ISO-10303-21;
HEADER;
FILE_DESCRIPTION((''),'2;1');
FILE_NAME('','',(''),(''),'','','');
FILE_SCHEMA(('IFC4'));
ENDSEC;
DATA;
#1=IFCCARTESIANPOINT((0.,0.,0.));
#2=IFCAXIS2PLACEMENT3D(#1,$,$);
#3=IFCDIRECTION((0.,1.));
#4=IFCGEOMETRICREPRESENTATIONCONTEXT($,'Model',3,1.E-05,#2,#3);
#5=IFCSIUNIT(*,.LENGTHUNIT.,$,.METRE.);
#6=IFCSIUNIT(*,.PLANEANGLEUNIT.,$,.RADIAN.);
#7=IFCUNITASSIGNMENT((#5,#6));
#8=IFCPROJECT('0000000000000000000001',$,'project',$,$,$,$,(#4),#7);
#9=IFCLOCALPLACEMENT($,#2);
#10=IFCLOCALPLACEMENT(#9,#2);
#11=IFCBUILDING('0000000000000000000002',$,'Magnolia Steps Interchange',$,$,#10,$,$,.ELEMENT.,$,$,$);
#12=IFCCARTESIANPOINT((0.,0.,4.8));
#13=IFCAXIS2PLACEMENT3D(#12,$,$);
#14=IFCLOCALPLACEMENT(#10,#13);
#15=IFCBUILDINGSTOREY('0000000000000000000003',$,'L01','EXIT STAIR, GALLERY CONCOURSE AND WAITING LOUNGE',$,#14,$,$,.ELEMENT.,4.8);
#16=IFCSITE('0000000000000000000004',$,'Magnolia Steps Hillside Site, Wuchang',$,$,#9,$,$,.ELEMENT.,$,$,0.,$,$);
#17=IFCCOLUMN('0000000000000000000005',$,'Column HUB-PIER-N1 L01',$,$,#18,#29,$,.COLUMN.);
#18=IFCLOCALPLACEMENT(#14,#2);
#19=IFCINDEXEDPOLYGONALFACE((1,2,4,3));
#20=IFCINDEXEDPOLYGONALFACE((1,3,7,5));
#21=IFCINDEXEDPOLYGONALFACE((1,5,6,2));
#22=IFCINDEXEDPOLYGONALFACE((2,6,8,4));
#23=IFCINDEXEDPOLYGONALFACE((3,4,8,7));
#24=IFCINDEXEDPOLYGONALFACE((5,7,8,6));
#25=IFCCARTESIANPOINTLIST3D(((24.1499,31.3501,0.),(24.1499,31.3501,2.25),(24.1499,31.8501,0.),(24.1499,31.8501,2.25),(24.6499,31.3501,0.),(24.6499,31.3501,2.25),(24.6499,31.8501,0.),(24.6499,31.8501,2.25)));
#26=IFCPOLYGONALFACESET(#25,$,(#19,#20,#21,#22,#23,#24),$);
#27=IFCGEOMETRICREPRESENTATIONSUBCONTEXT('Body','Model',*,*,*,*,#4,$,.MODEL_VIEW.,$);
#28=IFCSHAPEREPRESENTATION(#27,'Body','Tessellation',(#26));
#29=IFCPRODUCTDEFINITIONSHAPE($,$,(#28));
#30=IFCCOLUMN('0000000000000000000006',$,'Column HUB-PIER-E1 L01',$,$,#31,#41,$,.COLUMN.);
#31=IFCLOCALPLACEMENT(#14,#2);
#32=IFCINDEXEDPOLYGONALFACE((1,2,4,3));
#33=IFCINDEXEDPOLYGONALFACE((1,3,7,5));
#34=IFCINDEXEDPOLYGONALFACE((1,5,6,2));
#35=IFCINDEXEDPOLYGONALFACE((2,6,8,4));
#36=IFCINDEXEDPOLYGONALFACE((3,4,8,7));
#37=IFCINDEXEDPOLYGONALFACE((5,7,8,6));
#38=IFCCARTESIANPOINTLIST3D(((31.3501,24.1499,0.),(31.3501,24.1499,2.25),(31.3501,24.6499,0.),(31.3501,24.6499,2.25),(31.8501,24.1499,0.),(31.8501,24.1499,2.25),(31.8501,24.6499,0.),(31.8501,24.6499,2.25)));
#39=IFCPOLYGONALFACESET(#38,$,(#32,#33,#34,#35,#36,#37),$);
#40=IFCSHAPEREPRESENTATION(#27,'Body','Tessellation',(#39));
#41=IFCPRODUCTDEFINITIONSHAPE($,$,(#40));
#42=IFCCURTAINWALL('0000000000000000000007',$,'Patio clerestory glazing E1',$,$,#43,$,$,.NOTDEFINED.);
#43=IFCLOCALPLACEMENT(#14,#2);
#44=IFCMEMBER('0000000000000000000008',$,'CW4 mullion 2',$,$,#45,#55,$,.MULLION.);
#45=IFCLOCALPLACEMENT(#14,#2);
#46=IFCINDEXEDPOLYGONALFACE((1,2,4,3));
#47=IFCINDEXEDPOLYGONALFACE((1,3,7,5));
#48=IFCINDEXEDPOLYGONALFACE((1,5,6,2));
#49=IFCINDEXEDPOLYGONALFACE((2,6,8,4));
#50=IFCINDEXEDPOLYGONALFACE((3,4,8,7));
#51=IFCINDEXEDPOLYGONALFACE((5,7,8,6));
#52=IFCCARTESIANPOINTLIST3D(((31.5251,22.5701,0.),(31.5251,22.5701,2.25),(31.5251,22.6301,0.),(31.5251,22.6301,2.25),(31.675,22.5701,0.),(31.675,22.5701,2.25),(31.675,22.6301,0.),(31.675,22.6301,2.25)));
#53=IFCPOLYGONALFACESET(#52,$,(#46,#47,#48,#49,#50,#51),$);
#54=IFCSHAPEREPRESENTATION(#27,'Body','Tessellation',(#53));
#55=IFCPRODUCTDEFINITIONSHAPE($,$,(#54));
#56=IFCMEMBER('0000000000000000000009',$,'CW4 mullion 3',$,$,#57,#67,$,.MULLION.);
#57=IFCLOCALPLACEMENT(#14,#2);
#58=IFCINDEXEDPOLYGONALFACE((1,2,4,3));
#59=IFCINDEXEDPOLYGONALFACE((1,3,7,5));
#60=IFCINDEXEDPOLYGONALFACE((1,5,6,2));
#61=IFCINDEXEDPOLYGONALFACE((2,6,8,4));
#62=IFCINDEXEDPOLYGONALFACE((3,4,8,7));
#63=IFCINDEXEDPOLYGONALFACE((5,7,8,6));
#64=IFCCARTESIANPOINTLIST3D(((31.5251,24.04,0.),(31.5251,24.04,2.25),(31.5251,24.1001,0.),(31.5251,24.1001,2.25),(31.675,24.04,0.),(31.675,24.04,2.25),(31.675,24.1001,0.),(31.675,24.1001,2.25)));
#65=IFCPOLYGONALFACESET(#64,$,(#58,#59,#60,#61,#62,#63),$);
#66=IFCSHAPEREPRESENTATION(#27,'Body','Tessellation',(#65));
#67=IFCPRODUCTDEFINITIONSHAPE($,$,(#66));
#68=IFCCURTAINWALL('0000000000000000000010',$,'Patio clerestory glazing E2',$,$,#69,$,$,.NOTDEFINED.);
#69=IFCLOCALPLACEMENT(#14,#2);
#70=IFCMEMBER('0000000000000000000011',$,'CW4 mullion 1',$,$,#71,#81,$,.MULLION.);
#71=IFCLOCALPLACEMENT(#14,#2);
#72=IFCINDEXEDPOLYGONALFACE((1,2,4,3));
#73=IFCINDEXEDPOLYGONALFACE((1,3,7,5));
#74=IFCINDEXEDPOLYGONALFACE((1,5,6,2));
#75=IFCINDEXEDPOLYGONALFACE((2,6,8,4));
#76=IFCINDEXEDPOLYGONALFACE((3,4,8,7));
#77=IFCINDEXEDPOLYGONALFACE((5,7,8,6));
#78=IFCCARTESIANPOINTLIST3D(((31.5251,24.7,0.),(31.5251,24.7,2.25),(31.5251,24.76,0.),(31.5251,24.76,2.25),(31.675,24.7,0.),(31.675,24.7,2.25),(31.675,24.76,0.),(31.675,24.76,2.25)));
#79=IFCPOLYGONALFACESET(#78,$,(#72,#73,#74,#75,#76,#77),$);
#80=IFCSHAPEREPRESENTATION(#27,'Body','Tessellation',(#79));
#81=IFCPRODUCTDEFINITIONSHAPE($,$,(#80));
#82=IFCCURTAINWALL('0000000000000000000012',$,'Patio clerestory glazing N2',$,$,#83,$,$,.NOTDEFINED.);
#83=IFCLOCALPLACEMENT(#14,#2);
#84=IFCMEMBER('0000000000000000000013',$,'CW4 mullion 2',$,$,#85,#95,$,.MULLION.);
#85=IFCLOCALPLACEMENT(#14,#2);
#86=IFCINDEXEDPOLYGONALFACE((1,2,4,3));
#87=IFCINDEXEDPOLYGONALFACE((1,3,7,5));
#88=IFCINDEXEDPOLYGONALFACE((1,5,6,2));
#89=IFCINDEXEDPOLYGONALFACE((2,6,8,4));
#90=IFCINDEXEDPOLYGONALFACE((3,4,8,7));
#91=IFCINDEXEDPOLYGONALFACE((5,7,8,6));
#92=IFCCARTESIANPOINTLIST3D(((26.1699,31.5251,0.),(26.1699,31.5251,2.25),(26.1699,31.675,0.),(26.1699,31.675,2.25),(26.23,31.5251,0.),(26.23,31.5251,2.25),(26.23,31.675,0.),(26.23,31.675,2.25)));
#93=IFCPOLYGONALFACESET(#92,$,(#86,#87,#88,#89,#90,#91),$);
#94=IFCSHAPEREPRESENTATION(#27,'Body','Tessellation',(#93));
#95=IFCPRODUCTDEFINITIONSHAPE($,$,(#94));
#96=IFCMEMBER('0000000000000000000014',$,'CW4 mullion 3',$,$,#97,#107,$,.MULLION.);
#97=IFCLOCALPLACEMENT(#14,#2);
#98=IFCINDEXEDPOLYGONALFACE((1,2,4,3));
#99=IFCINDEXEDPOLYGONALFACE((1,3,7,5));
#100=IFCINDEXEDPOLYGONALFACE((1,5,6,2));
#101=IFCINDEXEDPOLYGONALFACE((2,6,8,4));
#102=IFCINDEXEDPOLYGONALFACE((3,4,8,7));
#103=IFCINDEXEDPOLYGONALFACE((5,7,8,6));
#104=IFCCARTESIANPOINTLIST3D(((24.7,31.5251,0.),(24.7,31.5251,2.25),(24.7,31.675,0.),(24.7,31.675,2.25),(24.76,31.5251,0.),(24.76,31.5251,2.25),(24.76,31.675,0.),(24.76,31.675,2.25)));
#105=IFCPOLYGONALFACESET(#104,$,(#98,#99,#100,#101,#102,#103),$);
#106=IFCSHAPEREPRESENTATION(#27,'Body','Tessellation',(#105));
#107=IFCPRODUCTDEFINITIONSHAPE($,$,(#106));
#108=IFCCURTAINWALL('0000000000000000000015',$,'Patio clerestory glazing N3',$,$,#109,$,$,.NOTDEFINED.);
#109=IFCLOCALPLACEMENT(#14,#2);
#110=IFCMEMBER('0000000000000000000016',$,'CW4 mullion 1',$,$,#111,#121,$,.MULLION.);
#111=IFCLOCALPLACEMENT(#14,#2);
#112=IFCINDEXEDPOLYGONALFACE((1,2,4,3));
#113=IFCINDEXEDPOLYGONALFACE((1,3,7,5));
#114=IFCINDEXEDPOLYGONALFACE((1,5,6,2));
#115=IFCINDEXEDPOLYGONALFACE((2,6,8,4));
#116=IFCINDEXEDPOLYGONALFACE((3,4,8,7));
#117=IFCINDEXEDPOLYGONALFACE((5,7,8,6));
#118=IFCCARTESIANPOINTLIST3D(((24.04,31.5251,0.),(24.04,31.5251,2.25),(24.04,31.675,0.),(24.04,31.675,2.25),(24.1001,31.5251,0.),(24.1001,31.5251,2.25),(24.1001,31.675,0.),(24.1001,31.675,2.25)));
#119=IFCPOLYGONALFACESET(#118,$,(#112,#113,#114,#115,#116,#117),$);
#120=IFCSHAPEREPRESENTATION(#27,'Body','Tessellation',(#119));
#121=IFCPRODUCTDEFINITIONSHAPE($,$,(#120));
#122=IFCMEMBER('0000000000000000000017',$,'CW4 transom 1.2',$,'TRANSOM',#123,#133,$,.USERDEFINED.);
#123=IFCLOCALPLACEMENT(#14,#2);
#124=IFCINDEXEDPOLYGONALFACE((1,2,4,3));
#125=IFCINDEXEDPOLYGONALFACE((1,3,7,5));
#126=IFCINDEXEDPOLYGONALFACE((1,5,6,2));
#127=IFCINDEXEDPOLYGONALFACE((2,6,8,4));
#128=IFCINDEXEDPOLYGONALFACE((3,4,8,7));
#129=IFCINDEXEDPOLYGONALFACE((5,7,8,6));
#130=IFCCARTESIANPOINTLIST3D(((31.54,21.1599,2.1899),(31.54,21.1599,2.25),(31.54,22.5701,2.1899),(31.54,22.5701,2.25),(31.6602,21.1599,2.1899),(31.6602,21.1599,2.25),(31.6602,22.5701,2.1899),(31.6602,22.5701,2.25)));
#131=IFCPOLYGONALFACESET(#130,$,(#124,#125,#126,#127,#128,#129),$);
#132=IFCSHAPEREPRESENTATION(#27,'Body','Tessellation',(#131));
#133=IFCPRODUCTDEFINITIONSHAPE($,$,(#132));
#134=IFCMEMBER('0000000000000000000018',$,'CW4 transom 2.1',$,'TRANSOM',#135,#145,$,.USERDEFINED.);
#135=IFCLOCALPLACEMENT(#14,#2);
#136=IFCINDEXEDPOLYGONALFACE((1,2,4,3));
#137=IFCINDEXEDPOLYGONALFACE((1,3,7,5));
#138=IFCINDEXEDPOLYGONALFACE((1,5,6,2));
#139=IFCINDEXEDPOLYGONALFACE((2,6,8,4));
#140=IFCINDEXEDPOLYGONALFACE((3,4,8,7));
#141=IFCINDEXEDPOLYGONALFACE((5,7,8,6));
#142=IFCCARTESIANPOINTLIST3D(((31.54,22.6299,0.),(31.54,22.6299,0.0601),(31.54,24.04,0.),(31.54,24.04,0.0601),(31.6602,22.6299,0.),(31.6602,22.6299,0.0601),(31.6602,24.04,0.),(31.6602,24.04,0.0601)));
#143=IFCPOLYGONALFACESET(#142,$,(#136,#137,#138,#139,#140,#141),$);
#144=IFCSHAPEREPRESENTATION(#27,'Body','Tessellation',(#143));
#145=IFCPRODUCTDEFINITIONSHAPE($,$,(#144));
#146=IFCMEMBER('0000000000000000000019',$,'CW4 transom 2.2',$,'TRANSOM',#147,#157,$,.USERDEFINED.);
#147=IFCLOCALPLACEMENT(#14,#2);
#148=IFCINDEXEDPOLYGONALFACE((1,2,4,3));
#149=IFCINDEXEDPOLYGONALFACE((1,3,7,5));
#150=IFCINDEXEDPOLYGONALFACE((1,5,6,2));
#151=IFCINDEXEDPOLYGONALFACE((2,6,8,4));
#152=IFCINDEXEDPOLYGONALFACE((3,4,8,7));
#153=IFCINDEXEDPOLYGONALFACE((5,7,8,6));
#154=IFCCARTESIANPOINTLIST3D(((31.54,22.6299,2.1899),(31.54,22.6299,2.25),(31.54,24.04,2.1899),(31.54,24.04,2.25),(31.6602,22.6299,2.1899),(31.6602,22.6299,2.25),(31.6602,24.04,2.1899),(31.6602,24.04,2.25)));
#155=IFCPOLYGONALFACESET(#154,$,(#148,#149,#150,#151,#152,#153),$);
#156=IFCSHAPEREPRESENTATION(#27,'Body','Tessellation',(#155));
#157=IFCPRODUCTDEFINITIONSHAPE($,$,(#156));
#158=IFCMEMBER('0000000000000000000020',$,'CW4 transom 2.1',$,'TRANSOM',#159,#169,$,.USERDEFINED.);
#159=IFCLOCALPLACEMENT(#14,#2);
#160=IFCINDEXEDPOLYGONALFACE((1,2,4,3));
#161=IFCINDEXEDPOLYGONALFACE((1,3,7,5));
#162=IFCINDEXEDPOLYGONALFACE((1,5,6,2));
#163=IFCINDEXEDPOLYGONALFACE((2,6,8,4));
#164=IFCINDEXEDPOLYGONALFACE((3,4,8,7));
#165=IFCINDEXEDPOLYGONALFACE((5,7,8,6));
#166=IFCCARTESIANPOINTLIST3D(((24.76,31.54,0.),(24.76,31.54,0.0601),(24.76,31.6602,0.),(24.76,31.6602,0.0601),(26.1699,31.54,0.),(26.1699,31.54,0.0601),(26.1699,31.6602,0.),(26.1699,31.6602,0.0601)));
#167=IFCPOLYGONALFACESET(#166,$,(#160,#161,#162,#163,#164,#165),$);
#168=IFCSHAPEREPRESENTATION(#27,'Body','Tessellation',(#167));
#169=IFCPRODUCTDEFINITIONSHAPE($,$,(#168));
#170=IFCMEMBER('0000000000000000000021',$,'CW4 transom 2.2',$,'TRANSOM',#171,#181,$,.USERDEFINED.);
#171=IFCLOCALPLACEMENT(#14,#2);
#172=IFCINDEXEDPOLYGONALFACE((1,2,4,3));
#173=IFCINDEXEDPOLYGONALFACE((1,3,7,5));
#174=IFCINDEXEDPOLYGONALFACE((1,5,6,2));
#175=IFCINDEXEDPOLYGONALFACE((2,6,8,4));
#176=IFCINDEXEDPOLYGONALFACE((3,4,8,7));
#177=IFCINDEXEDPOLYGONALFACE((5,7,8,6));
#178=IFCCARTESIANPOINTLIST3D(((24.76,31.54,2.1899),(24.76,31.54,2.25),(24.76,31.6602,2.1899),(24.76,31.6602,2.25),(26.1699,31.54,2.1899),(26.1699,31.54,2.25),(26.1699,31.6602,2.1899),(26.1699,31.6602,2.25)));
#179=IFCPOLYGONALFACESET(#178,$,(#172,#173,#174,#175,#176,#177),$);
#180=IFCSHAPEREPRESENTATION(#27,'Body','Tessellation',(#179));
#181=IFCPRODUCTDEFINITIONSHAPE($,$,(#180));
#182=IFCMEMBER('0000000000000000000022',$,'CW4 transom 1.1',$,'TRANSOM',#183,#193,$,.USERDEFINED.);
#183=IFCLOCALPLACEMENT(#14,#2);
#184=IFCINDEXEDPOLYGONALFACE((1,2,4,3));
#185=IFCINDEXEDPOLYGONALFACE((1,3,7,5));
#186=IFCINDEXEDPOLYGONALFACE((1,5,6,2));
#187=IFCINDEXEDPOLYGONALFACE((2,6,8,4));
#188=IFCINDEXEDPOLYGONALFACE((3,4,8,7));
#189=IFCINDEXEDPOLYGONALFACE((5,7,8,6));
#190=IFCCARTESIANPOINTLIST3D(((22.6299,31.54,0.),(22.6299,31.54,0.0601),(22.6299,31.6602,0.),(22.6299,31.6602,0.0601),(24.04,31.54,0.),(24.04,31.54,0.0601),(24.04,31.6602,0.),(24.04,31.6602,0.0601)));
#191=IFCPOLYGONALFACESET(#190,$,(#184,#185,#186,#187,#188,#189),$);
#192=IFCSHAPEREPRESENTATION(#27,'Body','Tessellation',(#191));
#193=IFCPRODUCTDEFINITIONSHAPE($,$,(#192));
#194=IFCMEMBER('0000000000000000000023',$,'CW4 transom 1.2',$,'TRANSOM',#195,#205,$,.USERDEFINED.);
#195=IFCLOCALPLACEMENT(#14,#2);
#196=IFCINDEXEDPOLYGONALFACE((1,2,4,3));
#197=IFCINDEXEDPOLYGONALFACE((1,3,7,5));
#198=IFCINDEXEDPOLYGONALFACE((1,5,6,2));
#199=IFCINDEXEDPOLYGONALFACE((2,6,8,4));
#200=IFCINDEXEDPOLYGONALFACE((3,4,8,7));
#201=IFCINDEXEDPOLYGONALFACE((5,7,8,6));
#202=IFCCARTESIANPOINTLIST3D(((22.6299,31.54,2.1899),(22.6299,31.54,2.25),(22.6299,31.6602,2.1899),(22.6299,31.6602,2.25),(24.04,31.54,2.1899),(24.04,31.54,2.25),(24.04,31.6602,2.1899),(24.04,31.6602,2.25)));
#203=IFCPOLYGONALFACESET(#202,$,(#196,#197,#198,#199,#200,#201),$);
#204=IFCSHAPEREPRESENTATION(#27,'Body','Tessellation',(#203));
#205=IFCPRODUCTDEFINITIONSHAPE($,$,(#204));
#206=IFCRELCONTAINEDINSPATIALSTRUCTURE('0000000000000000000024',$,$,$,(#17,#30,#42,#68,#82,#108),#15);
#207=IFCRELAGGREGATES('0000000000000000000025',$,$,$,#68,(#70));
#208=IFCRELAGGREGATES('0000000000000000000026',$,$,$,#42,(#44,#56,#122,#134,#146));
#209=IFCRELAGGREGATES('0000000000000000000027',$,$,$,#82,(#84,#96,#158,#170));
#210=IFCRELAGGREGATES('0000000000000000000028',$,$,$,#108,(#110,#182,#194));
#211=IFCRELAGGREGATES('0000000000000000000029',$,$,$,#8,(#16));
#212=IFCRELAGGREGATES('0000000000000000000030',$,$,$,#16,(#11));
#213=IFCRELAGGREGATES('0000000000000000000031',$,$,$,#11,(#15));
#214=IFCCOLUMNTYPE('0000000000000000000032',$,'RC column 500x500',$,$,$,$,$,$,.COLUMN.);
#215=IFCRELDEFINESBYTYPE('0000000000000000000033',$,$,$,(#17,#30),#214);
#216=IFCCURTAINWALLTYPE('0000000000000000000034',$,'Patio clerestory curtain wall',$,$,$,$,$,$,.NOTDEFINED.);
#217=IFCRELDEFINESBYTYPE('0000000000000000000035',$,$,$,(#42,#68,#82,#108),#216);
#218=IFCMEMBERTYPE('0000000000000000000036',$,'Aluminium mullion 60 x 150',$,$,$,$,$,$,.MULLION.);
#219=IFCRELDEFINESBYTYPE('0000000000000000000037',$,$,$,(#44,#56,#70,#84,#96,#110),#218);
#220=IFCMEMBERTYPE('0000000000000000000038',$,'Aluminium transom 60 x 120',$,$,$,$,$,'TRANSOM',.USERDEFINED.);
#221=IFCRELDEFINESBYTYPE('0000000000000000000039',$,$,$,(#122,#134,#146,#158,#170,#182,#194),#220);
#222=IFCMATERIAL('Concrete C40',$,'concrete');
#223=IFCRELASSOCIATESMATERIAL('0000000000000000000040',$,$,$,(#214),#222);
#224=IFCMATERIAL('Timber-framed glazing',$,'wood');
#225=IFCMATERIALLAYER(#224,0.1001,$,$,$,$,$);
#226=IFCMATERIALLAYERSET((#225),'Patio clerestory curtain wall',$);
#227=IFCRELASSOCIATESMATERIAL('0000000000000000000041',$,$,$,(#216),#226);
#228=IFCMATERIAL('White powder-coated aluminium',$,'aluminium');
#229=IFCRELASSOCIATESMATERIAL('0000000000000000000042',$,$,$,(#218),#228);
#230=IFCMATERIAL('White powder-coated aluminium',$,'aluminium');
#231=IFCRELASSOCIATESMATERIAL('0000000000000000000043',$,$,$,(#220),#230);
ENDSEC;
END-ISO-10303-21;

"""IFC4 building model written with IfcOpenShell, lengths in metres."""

from ifc_helpers import new_model, si_unit, direction, frame, origin, origin_2d, place, context, subcontext, project, spatial, rectangle, extrude, material, layer, layer_set, material_profile, profile_set, type_object, element, aggregate, save


model = new_model("IFC4")

# Units and contexts
model_context = context("Model", 3, precision=1e-05, world=origin(), true_north=direction((0.0, 1.0)))
body_context = subcontext(model_context, "Body", "Model", "MODEL_VIEW")
ifc_project = project(units=[si_unit("LENGTHUNIT", "METRE"), si_unit("PLANEANGLEUNIT", "RADIAN")], contexts=[model_context])

# Site, building, storey
site_placement = place(None, origin())
site = spatial("IfcSite", under=ifc_project, at=site_placement, Name="Magnolia Steps Hillside Site, Wuchang", CompositionType="ELEMENT", RefElevation=0.0)
building_placement = place(site_placement, origin())
building = spatial("IfcBuilding", under=site, at=building_placement, Name="Magnolia Steps Interchange", CompositionType="ELEMENT")
storey_placement = place(building_placement, frame((0.0, 0.0, 4.8)))
storey = spatial("IfcBuildingStorey", under=building, at=storey_placement, Name="L01", Description="EXIT STAIR, GALLERY CONCOURSE AND WAITING LOUNGE", CompositionType="ELEMENT", Elevation=4.8)

# Columns
ifc_material_1 = material(Name="Concrete C40", Category="concrete")
ifc_material_profile_1 = material_profile(ifc_material_1, rectangle(XDim=0.5, YDim=0.5, at=origin_2d()), Name="RC500x500")
ifc_profile_set_1 = profile_set([ifc_material_profile_1], Name="Concrete C40")
column_type = type_object("IfcColumnType", Name="RC column 500x500", PredefinedType="COLUMN", material=ifc_profile_set_1)
for number, where, z_axis, x_axis, name in (
    (1, (24.3999, 31.6001, 0.0), (0.0, 0.0, 1.0), (1.0, 0.0, 0.0), "Column HUB-PIER-N1 L01"),
    (2, (31.6001, 24.3999, 0.0), (0.0, 0.0, 1.0), (1.0, 0.0, 0.0), "Column HUB-PIER-E1 L01"),
):
    element("IfcColumn", number, at=place(storey_placement, frame(where, z_axis=z_axis, x_axis=x_axis)), inside=storey, type_object=column_type, Name=name, PredefinedType="COLUMN", context=body_context, shape_type="SweptSolid", body=[
        extrude(rectangle(XDim=0.5, YDim=0.5, at=origin_2d()), origin(), (0.0, 0.0, 1.0), 2.25),
    ])

# Curtain wall, members
ifc_material_2 = material(Name="Timber-framed glazing", Category="wood")
ifc_layer_1 = layer(ifc_material_2, 0.1001)
ifc_layer_set_1 = layer_set([ifc_layer_1], Name="Patio clerestory curtain wall")
curtain_wall_type = type_object("IfcCurtainWallType", Name="Patio clerestory curtain wall", PredefinedType="NOTDEFINED", material=ifc_layer_set_1)
curtain_wall_1_placement = place(storey_placement, origin())
curtain_wall_1 = element("IfcCurtainWall", 3, at=curtain_wall_1_placement, inside=storey, type_object=curtain_wall_type, Name="Patio clerestory glazing E1", PredefinedType="NOTDEFINED")
ifc_material_3 = material(Name="White powder-coated aluminium", Category="aluminium")
ifc_material_profile_2 = material_profile(ifc_material_3, rectangle(XDim=0.0601, YDim=0.1499, at=origin_2d()), Name="Aluminium mullion 60 x 150")
ifc_profile_set_2 = profile_set([ifc_material_profile_2], Name="White powder-coated aluminium")
member_type_1 = type_object("IfcMemberType", Name="Aluminium mullion 60 x 150", PredefinedType="MULLION", material=ifc_profile_set_2)
member_1_placement = place(storey_placement, frame((31.6001, 22.6001, 0.0), z_axis=(0.0, 0.0, 1.0), x_axis=(0.0, 1.0, 0.0)))
member_1 = element("IfcMember", 4, at=member_1_placement, type_object=member_type_1, Name="CW4 mullion 2", PredefinedType="MULLION", context=body_context, shape_type="SweptSolid", body=[
    extrude(rectangle(XDim=0.0601, YDim=0.1499, at=origin_2d()), origin(), (0.0, 0.0, 1.0), 2.25),
])
member_2_placement = place(storey_placement, frame((31.6001, 24.0701, 0.0), z_axis=(0.0, 0.0, 1.0), x_axis=(0.0, 1.0, 0.0)))
member_2 = element("IfcMember", 5, at=member_2_placement, type_object=member_type_1, Name="CW4 mullion 3", PredefinedType="MULLION", context=body_context, shape_type="SweptSolid", body=[
    extrude(rectangle(XDim=0.0601, YDim=0.1499, at=origin_2d()), origin(), (0.0, 0.0, 1.0), 2.25),
])

# Curtain wall, member
curtain_wall_2_placement = place(storey_placement, origin())
curtain_wall_2 = element("IfcCurtainWall", 6, at=curtain_wall_2_placement, inside=storey, type_object=curtain_wall_type, Name="Patio clerestory glazing E2", PredefinedType="NOTDEFINED")
member_3_placement = place(storey_placement, frame((31.6001, 24.73, 0.0), z_axis=(0.0, 0.0, 1.0), x_axis=(0.0, 1.0, 0.0)))
member_3 = element("IfcMember", 7, at=member_3_placement, type_object=member_type_1, Name="CW4 mullion 1", PredefinedType="MULLION", context=body_context, shape_type="SweptSolid", body=[
    extrude(rectangle(XDim=0.0601, YDim=0.1499, at=origin_2d()), origin(), (0.0, 0.0, 1.0), 2.25),
])
aggregate(curtain_wall_2, [member_3])

# Curtain wall, members
curtain_wall_3_placement = place(storey_placement, origin())
curtain_wall_3 = element("IfcCurtainWall", 8, at=curtain_wall_3_placement, inside=storey, type_object=curtain_wall_type, Name="Patio clerestory glazing N2", PredefinedType="NOTDEFINED")
member_4_placement = place(storey_placement, frame((26.2, 31.6001, 0.0), z_axis=(0.0, 0.0, 1.0), x_axis=(-1.0, 0.0, 0.0)))
member_4 = element("IfcMember", 9, at=member_4_placement, type_object=member_type_1, Name="CW4 mullion 2", PredefinedType="MULLION", context=body_context, shape_type="SweptSolid", body=[
    extrude(rectangle(XDim=0.0601, YDim=0.1499, at=origin_2d()), origin(), (0.0, 0.0, 1.0), 2.25),
])
member_5_placement = place(storey_placement, frame((24.73, 31.6001, 0.0), z_axis=(0.0, 0.0, 1.0), x_axis=(-1.0, 0.0, 0.0)))
member_5 = element("IfcMember", 10, at=member_5_placement, type_object=member_type_1, Name="CW4 mullion 3", PredefinedType="MULLION", context=body_context, shape_type="SweptSolid", body=[
    extrude(rectangle(XDim=0.0601, YDim=0.1499, at=origin_2d()), origin(), (0.0, 0.0, 1.0), 2.25),
])

# Curtain wall, member
curtain_wall_4_placement = place(storey_placement, origin())
curtain_wall_4 = element("IfcCurtainWall", 11, at=curtain_wall_4_placement, inside=storey, type_object=curtain_wall_type, Name="Patio clerestory glazing N3", PredefinedType="NOTDEFINED")
member_6_placement = place(storey_placement, frame((24.0701, 31.6001, 0.0), z_axis=(0.0, 0.0, 1.0), x_axis=(-1.0, 0.0, 0.0)))
member_6 = element("IfcMember", 12, at=member_6_placement, type_object=member_type_1, Name="CW4 mullion 1", PredefinedType="MULLION", context=body_context, shape_type="SweptSolid", body=[
    extrude(rectangle(XDim=0.0601, YDim=0.1499, at=origin_2d()), origin(), (0.0, 0.0, 1.0), 2.25),
])

# Members
ifc_material_4 = material(Name="White powder-coated aluminium", Category="aluminium")
ifc_material_profile_3 = material_profile(ifc_material_4, rectangle(XDim=0.0601, YDim=0.1201, at=origin_2d()), Name="Aluminium transom 60 x 120")
ifc_profile_set_3 = profile_set([ifc_material_profile_3], Name="White powder-coated aluminium")
member_type_2 = type_object("IfcMemberType", Name="Aluminium transom 60 x 120", ElementType="TRANSOM", PredefinedType="USERDEFINED", material=ifc_profile_set_3)
member_7_placement = place(storey_placement, frame((31.6001, 21.1599, 2.22), z_axis=(0.0, 1.0, 0.0), x_axis=(0.0, 0.0, 1.0)))
member_7 = element("IfcMember", 13, at=member_7_placement, type_object=member_type_2, Name="CW4 transom 1.2", ObjectType="TRANSOM", PredefinedType="USERDEFINED", context=body_context, shape_type="SweptSolid", body=[
    extrude(rectangle(XDim=0.0601, YDim=0.1201, at=origin_2d()), origin(), (0.0, 0.0, 1.0), 1.4102),
])
member_8_placement = place(storey_placement, frame((31.6001, 22.6299, 0.03), z_axis=(0.0, 1.0, 0.0), x_axis=(0.0, 0.0, 1.0)))
member_8 = element("IfcMember", 14, at=member_8_placement, type_object=member_type_2, Name="CW4 transom 2.1", ObjectType="TRANSOM", PredefinedType="USERDEFINED", context=body_context, shape_type="SweptSolid", body=[
    extrude(rectangle(XDim=0.0601, YDim=0.1201, at=origin_2d()), origin(), (0.0, 0.0, 1.0), 1.4102),
])
member_9_placement = place(storey_placement, frame((31.6001, 22.6299, 2.22), z_axis=(0.0, 1.0, 0.0), x_axis=(0.0, 0.0, 1.0)))
member_9 = element("IfcMember", 15, at=member_9_placement, type_object=member_type_2, Name="CW4 transom 2.2", ObjectType="TRANSOM", PredefinedType="USERDEFINED", context=body_context, shape_type="SweptSolid", body=[
    extrude(rectangle(XDim=0.0601, YDim=0.1201, at=origin_2d()), origin(), (0.0, 0.0, 1.0), 1.4102),
])
member_10_placement = place(storey_placement, frame((26.1699, 31.6001, 0.03), z_axis=(-1.0, 0.0, 0.0), x_axis=(0.0, 0.0, 1.0)))
member_10 = element("IfcMember", 16, at=member_10_placement, type_object=member_type_2, Name="CW4 transom 2.1", ObjectType="TRANSOM", PredefinedType="USERDEFINED", context=body_context, shape_type="SweptSolid", body=[
    extrude(rectangle(XDim=0.0601, YDim=0.1201, at=origin_2d()), origin(), (0.0, 0.0, 1.0), 1.4099),
])
member_11_placement = place(storey_placement, frame((26.1699, 31.6001, 2.22), z_axis=(-1.0, 0.0, 0.0), x_axis=(0.0, 0.0, 1.0)))
member_11 = element("IfcMember", 17, at=member_11_placement, type_object=member_type_2, Name="CW4 transom 2.2", ObjectType="TRANSOM", PredefinedType="USERDEFINED", context=body_context, shape_type="SweptSolid", body=[
    extrude(rectangle(XDim=0.0601, YDim=0.1201, at=origin_2d()), origin(), (0.0, 0.0, 1.0), 1.4099),
])
member_12_placement = place(storey_placement, frame((24.04, 31.6001, 0.03), z_axis=(-1.0, 0.0, 0.0), x_axis=(0.0, 0.0, 1.0)))
member_12 = element("IfcMember", 18, at=member_12_placement, type_object=member_type_2, Name="CW4 transom 1.1", ObjectType="TRANSOM", PredefinedType="USERDEFINED", context=body_context, shape_type="SweptSolid", body=[
    extrude(rectangle(XDim=0.0601, YDim=0.1201, at=origin_2d()), origin(), (0.0, 0.0, 1.0), 1.4102),
])
member_13_placement = place(storey_placement, frame((24.04, 31.6001, 2.22), z_axis=(-1.0, 0.0, 0.0), x_axis=(0.0, 0.0, 1.0)))
member_13 = element("IfcMember", 19, at=member_13_placement, type_object=member_type_2, Name="CW4 transom 1.2", ObjectType="TRANSOM", PredefinedType="USERDEFINED", context=body_context, shape_type="SweptSolid", body=[
    extrude(rectangle(XDim=0.0601, YDim=0.1201, at=origin_2d()), origin(), (0.0, 0.0, 1.0), 1.4102),
])

aggregate(curtain_wall_1, [member_1, member_2, member_7, member_8, member_9])
aggregate(curtain_wall_3, [member_4, member_5, member_10, member_11])
aggregate(curtain_wall_4, [member_6, member_12, member_13])

save(model, "model.ifc")
